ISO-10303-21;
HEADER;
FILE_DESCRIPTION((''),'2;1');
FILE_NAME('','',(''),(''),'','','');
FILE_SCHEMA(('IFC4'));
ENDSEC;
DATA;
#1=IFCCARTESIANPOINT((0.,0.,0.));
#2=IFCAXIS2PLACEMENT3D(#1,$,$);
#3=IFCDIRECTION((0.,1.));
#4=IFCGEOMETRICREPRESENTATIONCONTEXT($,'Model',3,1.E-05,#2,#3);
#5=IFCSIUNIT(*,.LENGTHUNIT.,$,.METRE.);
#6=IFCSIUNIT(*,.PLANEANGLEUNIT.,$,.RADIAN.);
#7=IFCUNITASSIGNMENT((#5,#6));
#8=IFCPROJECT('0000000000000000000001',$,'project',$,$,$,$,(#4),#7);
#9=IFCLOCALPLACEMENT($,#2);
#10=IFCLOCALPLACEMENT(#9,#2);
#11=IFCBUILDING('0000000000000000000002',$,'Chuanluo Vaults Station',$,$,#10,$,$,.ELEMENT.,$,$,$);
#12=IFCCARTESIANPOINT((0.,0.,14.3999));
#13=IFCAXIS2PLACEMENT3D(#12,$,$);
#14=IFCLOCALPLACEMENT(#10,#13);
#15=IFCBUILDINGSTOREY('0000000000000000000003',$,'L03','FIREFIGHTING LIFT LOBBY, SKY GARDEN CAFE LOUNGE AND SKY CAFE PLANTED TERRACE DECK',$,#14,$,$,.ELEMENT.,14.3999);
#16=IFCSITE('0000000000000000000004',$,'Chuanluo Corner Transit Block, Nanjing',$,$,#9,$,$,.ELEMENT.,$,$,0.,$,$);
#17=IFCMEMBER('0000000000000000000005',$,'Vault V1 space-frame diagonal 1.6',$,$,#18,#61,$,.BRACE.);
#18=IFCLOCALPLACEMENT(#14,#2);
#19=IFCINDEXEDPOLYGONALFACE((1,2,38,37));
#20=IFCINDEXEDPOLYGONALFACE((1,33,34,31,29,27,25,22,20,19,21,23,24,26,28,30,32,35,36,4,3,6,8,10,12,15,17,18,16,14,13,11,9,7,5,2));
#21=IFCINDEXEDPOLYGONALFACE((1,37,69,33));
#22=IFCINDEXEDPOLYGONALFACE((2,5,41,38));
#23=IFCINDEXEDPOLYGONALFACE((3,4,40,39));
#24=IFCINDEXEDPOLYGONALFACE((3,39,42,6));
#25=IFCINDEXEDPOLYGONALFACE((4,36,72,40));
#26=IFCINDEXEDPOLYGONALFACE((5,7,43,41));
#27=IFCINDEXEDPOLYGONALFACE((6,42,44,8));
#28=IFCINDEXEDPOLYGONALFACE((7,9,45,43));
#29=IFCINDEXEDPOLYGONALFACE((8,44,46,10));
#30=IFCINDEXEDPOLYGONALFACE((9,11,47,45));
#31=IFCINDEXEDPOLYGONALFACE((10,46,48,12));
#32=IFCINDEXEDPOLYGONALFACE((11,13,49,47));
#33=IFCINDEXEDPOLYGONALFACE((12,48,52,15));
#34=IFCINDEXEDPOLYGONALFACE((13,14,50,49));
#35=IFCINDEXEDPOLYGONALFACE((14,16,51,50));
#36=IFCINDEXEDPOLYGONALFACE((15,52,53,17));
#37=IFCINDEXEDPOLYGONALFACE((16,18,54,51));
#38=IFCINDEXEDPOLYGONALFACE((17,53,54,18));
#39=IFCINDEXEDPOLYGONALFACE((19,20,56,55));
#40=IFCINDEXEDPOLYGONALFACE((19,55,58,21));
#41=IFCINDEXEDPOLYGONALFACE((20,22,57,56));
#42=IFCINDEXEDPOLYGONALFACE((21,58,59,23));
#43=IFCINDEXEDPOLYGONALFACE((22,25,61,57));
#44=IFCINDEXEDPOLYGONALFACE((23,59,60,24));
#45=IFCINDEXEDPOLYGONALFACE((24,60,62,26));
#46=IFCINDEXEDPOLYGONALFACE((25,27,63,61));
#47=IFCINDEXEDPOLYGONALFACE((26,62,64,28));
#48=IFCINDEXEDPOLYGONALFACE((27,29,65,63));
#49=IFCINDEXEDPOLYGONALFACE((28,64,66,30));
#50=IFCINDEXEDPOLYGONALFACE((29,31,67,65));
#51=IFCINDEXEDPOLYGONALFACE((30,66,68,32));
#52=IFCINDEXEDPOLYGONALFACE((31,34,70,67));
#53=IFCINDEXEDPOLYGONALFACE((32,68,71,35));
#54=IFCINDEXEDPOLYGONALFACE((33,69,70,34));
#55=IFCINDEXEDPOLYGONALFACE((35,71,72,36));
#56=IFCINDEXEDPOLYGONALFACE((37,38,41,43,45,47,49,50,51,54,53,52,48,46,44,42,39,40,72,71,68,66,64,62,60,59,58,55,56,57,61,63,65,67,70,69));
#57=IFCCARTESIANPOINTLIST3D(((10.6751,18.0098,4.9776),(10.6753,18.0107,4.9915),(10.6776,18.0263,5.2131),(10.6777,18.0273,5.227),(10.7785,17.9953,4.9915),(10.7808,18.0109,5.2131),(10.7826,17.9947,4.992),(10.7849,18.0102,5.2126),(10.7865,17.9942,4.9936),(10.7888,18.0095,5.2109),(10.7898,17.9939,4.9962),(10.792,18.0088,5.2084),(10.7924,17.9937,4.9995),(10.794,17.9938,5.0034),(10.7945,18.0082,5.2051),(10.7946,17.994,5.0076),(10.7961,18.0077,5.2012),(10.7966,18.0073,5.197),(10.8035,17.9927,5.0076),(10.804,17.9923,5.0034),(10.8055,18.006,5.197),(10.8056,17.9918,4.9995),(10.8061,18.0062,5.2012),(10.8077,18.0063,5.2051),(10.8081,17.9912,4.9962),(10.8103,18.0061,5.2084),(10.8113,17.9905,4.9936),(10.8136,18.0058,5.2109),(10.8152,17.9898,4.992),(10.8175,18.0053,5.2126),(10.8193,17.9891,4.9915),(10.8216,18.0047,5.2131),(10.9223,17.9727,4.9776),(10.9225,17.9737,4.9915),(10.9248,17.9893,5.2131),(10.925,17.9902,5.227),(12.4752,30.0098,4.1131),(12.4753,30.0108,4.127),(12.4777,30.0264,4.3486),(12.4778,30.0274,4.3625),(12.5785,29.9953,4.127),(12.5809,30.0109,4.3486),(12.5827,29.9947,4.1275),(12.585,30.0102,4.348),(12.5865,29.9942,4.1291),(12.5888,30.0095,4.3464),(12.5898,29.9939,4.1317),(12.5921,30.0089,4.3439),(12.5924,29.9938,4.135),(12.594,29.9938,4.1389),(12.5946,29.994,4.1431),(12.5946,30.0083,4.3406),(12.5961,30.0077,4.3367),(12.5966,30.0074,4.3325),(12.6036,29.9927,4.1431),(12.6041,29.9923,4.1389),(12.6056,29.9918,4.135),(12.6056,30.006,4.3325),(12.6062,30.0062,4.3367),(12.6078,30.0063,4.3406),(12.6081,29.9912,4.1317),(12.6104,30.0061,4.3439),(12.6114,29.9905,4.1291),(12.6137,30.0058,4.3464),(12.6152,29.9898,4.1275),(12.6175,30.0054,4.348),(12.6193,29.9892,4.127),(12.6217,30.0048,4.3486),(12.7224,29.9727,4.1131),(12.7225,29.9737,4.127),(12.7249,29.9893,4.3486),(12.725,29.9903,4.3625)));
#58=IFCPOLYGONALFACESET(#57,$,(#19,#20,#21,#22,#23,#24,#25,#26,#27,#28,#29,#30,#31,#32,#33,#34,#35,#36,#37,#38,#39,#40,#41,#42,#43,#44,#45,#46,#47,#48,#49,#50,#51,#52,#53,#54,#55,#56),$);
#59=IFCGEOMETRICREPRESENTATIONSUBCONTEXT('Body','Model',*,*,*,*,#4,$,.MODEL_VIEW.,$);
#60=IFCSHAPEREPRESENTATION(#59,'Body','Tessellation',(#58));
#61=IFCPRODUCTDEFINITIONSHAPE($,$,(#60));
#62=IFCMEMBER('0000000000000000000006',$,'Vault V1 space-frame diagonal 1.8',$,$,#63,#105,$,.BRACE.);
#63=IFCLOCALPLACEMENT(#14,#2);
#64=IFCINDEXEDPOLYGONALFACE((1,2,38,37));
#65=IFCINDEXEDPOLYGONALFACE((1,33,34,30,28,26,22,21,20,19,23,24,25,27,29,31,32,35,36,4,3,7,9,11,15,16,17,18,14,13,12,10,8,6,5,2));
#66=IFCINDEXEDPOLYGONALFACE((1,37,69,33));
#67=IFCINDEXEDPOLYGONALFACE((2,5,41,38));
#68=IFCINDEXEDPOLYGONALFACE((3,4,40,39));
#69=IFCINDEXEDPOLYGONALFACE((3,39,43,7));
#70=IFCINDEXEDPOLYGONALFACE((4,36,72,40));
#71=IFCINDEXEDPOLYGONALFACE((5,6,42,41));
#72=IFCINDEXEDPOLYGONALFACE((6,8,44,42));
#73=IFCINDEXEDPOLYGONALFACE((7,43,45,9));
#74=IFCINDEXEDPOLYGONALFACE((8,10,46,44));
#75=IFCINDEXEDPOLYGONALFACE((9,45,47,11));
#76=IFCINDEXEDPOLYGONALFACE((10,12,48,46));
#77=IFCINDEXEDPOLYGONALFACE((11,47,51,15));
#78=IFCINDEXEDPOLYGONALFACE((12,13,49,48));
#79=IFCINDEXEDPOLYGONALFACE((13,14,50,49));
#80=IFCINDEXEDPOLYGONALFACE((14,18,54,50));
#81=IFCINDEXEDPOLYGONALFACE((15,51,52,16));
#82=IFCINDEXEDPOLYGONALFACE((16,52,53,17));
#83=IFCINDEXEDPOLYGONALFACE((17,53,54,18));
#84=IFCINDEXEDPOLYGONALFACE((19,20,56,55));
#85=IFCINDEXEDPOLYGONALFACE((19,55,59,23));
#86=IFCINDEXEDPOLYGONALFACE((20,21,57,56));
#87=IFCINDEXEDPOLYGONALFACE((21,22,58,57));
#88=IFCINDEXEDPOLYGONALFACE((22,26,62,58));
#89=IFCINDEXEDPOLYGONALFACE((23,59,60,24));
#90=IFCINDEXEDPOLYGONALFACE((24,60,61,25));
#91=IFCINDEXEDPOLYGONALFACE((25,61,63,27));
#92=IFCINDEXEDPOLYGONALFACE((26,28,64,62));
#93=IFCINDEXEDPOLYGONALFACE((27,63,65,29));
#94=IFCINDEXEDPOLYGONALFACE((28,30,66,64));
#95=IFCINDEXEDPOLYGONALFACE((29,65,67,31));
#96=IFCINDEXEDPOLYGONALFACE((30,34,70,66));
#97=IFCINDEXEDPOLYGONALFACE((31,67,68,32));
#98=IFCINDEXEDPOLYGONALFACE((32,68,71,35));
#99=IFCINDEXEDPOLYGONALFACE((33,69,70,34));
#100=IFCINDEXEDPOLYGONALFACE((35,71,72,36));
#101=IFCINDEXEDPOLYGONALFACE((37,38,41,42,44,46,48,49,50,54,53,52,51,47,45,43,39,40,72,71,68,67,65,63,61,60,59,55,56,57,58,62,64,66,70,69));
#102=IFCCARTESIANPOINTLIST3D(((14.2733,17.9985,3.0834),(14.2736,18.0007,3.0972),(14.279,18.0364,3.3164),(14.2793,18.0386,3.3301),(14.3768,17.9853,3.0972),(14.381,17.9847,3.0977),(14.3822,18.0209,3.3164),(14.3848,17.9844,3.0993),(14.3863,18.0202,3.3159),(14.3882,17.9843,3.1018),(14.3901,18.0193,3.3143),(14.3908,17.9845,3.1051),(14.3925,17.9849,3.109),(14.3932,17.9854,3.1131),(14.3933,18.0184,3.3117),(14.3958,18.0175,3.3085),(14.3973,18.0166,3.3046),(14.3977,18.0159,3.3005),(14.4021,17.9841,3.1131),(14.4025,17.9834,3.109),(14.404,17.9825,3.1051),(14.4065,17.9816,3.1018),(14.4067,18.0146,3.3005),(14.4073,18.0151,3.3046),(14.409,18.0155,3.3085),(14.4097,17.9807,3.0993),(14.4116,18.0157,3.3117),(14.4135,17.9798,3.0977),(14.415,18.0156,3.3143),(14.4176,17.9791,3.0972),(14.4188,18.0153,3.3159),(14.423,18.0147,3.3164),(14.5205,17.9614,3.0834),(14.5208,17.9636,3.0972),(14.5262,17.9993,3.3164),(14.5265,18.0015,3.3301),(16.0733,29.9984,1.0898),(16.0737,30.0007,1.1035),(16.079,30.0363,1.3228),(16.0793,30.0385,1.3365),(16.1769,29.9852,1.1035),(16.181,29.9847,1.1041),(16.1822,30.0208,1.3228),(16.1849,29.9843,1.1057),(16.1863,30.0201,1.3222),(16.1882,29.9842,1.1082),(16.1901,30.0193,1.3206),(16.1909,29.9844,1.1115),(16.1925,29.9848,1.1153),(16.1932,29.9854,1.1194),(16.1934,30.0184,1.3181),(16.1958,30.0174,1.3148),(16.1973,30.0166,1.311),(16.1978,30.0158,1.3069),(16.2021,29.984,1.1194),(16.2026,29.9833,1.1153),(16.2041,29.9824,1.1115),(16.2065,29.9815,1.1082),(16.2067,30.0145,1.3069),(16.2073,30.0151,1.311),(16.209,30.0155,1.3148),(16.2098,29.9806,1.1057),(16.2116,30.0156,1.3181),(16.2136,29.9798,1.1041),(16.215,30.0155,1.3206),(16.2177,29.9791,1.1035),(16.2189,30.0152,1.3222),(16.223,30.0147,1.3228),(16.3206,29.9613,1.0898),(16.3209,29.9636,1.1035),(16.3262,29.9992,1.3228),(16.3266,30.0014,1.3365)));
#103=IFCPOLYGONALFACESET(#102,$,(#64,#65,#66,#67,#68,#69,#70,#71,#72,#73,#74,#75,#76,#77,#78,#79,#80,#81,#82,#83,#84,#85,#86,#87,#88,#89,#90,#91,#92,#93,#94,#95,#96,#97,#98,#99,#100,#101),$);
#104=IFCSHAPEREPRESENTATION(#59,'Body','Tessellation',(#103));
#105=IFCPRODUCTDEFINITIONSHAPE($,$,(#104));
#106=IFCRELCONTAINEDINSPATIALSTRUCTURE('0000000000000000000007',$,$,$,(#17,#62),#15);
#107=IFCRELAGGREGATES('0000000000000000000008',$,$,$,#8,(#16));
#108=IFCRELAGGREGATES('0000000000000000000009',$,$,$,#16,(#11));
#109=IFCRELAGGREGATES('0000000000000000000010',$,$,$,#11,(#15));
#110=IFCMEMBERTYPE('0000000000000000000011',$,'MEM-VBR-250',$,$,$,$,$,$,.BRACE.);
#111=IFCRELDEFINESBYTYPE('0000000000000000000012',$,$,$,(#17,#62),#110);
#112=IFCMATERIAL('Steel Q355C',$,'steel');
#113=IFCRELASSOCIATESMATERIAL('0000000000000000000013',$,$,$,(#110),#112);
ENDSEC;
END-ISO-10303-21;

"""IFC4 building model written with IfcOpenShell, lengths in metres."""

from ifc_helpers import new_model, si_unit, direction, frame, origin, origin_2d, place, context, subcontext, project, spatial, i_section, extrude, material, material_profile, profile_set, type_object, element, save


model = new_model("IFC4")

# Units and contexts
model_context = context("Model", 3, precision=1e-05, world=origin(), true_north=direction((0.0, 1.0)))
body_context = subcontext(model_context, "Body", "Model", "MODEL_VIEW")
ifc_project = project(units=[si_unit("LENGTHUNIT", "METRE"), si_unit("PLANEANGLEUNIT", "RADIAN")], contexts=[model_context])

# Site, building, storey
site_placement = place(None, origin())
site = spatial("IfcSite", under=ifc_project, at=site_placement, Name="Chuanluo Corner Transit Block, Nanjing", CompositionType="ELEMENT", RefElevation=0.0)
building_placement = place(site_placement, origin())
building = spatial("IfcBuilding", under=site, at=building_placement, Name="Chuanluo Vaults Station", CompositionType="ELEMENT")
storey_placement = place(building_placement, frame((0.0, 0.0, 14.3999)))
storey = spatial("IfcBuildingStorey", under=building, at=storey_placement, Name="L03", Description="FIREFIGHTING LIFT LOBBY, SKY GARDEN CAFE LOUNGE AND SKY CAFE PLANTED TERRACE DECK", CompositionType="ELEMENT", Elevation=14.3999)

# Members
ifc_material_1 = material(Name="Steel Q355C", Category="steel")
ifc_material_profile_1 = material_profile(ifc_material_1, i_section(OverallWidth=0.25, OverallDepth=0.25, WebThickness=0.009, FlangeThickness=0.0139, FilletRadius=0.0161, at=origin_2d()))
ifc_profile_set_1 = profile_set([ifc_material_profile_1], Name="Steel Q355C")
member_type_1 = type_object("IfcMemberType", Name="MEM-VBR-250", PredefinedType="BRACE", material=ifc_profile_set_1)
member_1_placement = place(storey_placement, frame((10.8, 18.0, 5.1023), z_axis=(0.147969, 0.986435, -0.071065), x_axis=(-0.988936, 0.148344, 0.0)))
element("IfcMember", 1, at=member_1_placement, inside=storey, type_object=member_type_1, Name="Vault V1 space-frame diagonal 1.6", PredefinedType="BRACE", context=body_context, shape_type="SweptSolid", body=[
    extrude(i_section(OverallWidth=0.25, OverallDepth=0.25, WebThickness=0.009, FlangeThickness=0.0139, FilletRadius=0.0161, at=origin_2d()), origin(), (0.0, 0.0, 1.0), 12.165),
])
member_2_placement = place(storey_placement, frame((14.3999, 18.0, 3.2068), z_axis=(0.146382, 0.975852, -0.162126), x_axis=(-0.988936, 0.148344, 0.0)))
element("IfcMember", 2, at=member_2_placement, inside=storey, type_object=member_type_1, Name="Vault V1 space-frame diagonal 1.8", PredefinedType="BRACE", context=body_context, shape_type="SweptSolid", body=[
    extrude(i_section(OverallWidth=0.25, OverallDepth=0.25, WebThickness=0.009, FlangeThickness=0.0139, FilletRadius=0.0161, at=origin_2d()), origin(), (0.0, 0.0, 1.0), 12.2969),
])

save(model, "model.ifc")
